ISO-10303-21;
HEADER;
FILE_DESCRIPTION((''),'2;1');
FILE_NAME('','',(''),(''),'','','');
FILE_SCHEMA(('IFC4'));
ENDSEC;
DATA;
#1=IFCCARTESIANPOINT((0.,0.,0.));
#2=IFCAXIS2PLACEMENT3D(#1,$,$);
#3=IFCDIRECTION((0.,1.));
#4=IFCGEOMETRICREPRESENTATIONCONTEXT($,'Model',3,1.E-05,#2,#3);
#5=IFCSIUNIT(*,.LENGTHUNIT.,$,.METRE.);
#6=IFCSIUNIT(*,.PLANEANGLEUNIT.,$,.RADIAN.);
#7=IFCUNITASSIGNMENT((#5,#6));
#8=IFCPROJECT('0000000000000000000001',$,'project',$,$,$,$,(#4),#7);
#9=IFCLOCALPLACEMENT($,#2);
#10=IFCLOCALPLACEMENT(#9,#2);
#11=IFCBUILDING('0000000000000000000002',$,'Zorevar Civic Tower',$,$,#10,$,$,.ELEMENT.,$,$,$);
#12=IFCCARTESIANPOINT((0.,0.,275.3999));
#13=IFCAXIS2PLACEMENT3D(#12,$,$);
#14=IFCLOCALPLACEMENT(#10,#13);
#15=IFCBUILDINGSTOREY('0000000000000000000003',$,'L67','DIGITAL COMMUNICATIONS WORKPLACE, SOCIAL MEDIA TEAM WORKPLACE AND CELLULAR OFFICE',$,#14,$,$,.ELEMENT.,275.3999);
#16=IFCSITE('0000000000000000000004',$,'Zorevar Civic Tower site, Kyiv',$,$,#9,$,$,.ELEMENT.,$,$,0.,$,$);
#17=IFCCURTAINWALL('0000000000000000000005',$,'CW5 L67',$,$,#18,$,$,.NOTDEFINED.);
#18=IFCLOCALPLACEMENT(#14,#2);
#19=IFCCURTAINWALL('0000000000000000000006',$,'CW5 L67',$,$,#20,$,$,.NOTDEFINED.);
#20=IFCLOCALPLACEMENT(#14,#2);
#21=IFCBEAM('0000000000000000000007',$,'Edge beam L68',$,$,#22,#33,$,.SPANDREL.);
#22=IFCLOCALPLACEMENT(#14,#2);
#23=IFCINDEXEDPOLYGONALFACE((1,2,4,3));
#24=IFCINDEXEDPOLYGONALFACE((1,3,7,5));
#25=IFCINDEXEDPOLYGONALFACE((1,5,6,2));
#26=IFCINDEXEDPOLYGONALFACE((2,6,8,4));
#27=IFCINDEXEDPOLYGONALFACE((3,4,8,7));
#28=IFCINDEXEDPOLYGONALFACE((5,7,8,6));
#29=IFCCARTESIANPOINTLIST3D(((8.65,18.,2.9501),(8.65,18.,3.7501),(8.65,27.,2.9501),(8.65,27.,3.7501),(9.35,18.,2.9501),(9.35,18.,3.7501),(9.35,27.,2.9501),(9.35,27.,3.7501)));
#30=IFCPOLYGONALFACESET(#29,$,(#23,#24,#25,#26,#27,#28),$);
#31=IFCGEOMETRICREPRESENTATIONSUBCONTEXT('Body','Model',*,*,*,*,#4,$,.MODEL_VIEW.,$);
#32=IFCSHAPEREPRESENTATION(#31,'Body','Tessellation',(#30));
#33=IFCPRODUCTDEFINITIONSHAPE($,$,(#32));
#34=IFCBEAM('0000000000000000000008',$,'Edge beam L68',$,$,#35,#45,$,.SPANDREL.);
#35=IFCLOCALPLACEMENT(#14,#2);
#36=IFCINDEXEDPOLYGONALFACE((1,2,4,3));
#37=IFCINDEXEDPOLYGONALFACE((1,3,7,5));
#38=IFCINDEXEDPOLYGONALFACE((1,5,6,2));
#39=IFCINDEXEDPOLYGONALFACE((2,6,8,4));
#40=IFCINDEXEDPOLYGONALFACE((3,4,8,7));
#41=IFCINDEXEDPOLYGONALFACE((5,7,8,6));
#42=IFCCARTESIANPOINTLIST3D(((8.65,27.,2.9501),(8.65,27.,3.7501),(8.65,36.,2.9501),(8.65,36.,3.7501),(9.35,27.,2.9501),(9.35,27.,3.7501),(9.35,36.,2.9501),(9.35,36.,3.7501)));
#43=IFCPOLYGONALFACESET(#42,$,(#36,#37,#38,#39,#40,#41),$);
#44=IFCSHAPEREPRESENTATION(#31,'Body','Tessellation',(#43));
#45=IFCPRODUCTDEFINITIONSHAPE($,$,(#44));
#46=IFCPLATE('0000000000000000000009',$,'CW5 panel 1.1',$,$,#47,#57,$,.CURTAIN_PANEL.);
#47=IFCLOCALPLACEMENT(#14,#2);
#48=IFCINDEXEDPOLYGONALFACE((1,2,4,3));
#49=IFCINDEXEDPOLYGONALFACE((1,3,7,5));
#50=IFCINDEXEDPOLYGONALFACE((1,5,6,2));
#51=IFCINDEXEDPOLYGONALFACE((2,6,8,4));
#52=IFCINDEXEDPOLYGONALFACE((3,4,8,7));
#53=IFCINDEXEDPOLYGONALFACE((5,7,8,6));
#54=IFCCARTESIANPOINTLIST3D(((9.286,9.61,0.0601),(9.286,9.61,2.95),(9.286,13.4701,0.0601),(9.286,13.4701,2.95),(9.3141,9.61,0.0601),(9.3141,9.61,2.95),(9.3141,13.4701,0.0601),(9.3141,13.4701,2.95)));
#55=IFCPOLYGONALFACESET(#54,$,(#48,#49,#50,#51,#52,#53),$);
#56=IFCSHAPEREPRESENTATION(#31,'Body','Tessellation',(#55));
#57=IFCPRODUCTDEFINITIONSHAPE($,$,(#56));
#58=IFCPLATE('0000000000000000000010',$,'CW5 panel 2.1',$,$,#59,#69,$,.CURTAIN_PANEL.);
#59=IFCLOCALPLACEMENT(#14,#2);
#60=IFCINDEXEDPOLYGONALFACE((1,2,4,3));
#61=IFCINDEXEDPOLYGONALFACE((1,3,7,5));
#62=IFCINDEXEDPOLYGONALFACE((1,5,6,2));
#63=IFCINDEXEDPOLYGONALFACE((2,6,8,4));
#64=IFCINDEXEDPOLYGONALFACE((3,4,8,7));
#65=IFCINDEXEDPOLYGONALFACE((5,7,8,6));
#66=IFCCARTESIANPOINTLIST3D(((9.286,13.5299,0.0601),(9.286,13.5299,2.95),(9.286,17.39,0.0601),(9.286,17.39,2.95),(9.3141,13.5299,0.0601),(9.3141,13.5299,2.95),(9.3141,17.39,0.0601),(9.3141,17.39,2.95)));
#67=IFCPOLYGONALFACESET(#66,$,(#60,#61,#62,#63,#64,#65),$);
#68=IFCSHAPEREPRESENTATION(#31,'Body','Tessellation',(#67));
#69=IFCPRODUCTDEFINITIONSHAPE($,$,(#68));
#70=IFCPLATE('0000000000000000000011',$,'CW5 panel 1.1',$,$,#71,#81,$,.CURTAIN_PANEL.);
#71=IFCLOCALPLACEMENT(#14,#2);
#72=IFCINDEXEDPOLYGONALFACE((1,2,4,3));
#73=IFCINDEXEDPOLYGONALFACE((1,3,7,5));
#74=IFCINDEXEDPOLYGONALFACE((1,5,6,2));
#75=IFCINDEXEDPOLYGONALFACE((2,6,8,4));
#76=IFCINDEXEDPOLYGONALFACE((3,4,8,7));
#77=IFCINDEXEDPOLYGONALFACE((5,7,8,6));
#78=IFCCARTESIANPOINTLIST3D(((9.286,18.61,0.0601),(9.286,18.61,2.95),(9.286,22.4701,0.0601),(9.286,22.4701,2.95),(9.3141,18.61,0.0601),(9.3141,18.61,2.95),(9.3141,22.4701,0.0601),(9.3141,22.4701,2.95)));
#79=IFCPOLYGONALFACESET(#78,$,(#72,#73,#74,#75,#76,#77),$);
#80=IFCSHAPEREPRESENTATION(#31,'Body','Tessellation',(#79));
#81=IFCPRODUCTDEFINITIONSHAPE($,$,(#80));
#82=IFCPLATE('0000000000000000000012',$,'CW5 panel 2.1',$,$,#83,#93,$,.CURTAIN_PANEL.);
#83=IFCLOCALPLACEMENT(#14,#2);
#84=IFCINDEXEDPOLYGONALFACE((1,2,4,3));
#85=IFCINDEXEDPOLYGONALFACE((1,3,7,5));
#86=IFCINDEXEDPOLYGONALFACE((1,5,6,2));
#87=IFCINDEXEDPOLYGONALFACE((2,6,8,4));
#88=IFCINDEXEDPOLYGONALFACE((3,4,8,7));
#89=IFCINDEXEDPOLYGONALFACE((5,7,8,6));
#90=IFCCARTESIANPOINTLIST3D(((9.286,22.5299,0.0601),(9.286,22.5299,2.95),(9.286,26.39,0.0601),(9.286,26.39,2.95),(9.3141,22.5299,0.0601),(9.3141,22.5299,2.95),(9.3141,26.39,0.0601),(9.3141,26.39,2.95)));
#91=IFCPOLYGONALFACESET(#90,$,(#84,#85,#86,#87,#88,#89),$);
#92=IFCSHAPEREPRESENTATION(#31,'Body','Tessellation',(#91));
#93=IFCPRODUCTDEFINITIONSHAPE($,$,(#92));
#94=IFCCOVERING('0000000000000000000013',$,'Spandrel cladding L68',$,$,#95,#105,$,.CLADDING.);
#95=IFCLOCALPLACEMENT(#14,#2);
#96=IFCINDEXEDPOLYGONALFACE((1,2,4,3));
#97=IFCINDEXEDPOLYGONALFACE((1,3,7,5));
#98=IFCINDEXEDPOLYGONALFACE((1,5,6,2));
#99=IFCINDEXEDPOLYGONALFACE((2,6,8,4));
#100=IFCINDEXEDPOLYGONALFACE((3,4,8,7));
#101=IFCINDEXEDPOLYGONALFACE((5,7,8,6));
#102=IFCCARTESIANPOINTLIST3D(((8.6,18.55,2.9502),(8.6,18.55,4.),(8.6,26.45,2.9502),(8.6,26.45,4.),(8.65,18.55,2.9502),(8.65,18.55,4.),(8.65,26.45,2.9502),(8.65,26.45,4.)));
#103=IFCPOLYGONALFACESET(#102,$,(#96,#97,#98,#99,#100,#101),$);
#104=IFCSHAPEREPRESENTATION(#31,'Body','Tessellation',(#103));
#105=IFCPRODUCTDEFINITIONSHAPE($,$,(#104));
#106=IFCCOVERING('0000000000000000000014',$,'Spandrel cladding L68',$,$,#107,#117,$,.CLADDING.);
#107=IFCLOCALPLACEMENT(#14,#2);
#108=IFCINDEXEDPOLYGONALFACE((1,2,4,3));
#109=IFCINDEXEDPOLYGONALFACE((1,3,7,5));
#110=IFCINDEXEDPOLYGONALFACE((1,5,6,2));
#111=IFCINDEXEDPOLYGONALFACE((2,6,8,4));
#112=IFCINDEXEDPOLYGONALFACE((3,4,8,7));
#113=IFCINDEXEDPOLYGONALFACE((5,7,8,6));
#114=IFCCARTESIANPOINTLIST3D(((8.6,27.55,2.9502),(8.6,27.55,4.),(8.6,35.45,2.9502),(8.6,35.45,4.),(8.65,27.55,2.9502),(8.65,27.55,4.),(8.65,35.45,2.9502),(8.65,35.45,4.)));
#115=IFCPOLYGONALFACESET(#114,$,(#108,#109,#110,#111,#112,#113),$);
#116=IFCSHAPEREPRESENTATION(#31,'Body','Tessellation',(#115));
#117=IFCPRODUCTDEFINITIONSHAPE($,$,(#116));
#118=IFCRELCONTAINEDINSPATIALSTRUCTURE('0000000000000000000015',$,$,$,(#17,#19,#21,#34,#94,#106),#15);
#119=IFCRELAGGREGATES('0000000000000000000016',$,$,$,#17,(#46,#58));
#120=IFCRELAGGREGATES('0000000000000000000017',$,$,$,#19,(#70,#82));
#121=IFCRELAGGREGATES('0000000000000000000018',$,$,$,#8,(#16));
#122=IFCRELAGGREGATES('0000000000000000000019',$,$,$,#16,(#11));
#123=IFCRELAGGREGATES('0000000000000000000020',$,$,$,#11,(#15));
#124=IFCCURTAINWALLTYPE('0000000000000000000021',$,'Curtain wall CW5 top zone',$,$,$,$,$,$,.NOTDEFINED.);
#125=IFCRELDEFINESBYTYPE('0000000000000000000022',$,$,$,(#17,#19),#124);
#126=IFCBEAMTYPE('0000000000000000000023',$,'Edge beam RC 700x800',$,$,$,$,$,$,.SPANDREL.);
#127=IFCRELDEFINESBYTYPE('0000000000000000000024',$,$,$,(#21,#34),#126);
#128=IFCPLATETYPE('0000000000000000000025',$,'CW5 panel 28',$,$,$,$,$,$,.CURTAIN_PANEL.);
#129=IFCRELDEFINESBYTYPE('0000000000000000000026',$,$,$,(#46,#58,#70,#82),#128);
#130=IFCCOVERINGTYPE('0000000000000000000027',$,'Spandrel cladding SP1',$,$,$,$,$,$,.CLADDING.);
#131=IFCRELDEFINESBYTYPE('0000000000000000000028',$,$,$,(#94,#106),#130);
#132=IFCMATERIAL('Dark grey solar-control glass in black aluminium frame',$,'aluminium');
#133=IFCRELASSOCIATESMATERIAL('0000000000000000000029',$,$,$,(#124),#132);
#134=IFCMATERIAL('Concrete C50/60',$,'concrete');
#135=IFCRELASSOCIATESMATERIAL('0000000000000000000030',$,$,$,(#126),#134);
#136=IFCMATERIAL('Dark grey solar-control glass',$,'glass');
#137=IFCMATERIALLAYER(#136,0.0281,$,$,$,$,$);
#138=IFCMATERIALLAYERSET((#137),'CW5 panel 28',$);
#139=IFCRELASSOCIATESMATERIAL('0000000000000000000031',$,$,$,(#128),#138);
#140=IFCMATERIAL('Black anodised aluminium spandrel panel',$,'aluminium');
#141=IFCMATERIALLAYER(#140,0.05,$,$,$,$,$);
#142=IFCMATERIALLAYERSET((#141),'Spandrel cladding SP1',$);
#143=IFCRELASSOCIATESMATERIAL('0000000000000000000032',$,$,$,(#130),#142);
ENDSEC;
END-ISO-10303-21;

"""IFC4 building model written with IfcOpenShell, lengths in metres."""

from ifc_helpers import new_model, si_unit, direction, frame, frame_2d, origin, origin_2d, place, context, subcontext, project, spatial, rectangle, extrude, material, layer, layer_set, material_profile, profile_set, type_object, element, aggregate, save


model = new_model("IFC4")

# Units and contexts
model_context = context("Model", 3, precision=1e-05, world=origin(), true_north=direction((0.0, 1.0)))
body_context = subcontext(model_context, "Body", "Model", "MODEL_VIEW")
ifc_project = project(units=[si_unit("LENGTHUNIT", "METRE"), si_unit("PLANEANGLEUNIT", "RADIAN")], contexts=[model_context])

# Site, building, storey
site_placement = place(None, origin())
site = spatial("IfcSite", under=ifc_project, at=site_placement, Name="Zorevar Civic Tower site, Kyiv", CompositionType="ELEMENT", RefElevation=0.0)
building_placement = place(site_placement, origin())
building = spatial("IfcBuilding", under=site, at=building_placement, Name="Zorevar Civic Tower", CompositionType="ELEMENT")
storey_placement = place(building_placement, frame((0.0, 0.0, 275.3999)))
storey = spatial("IfcBuildingStorey", under=building, at=storey_placement, Name="L67", Description="DIGITAL COMMUNICATIONS WORKPLACE, SOCIAL MEDIA TEAM WORKPLACE AND CELLULAR OFFICE", CompositionType="ELEMENT", Elevation=275.3999)

# Curtain walls
ifc_material_1 = material(Name="Dark grey solar-control glass in black aluminium frame", Category="aluminium")
curtain_wall_type = type_object("IfcCurtainWallType", Name="Curtain wall CW5 top zone", PredefinedType="NOTDEFINED", material=ifc_material_1)
curtain_wall_1_placement = place(storey_placement, origin())
curtain_wall_1 = element("IfcCurtainWall", 1, at=curtain_wall_1_placement, inside=storey, type_object=curtain_wall_type, Name="CW5 L67", PredefinedType="NOTDEFINED")
curtain_wall_2_placement = place(storey_placement, origin())
curtain_wall_2 = element("IfcCurtainWall", 2, at=curtain_wall_2_placement, inside=storey, type_object=curtain_wall_type, Name="CW5 L67", PredefinedType="NOTDEFINED")

# Beams
ifc_material_2 = material(Name="Concrete C50/60", Category="concrete")
ifc_material_profile_1 = material_profile(ifc_material_2, rectangle(XDim=0.7, YDim=0.8, at=origin_2d()), Name="RC 700x800")
ifc_profile_set_1 = profile_set([ifc_material_profile_1], Name="Concrete C50/60")
beam_type_1 = type_object("IfcBeamType", Name="Edge beam RC 700x800", PredefinedType="SPANDREL", material=ifc_profile_set_1)
for number, where, z_axis, x_axis, name in (
    (3, (9.0, 18.0, 3.3501), (0.0, 1.0, 0.0), (-1.0, 0.0, 0.0), "Edge beam L68"),
    (4, (9.0, 27.0, 3.3501), (0.0, 1.0, 0.0), (-1.0, 0.0, 0.0), "Edge beam L68"),
):
    element("IfcBeam", number, at=place(storey_placement, frame(where, z_axis=z_axis, x_axis=x_axis)), inside=storey, type_object=beam_type_1, Name=name, PredefinedType="SPANDREL", context=body_context, shape_type="SweptSolid", body=[
        extrude(rectangle(XDim=0.7, YDim=0.8, at=origin_2d()), origin(), (0.0, 0.0, 1.0), 9.0),
    ])

# Plates
ifc_material_3 = material(Name="Dark grey solar-control glass", Category="glass")
ifc_layer_1 = layer(ifc_material_3, 0.0281)
ifc_layer_set_1 = layer_set([ifc_layer_1], Name="CW5 panel 28")
plate_type = type_object("IfcPlateType", Name="CW5 panel 28", PredefinedType="CURTAIN_PANEL", material=ifc_layer_set_1)
plate_1_placement = place(storey_placement, frame((9.3, 11.54, 0.0601), z_axis=(0.0, 0.0, 1.0), x_axis=(0.0, 1.0, 0.0)))
plate_1 = element("IfcPlate", 5, at=plate_1_placement, type_object=plate_type, Name="CW5 panel 1.1", PredefinedType="CURTAIN_PANEL", context=body_context, shape_type="SweptSolid", body=[
    extrude(rectangle(XDim=3.8601, YDim=0.0281, at=origin_2d()), origin(), (0.0, 0.0, 1.0), 2.8899),
])
plate_2_placement = place(storey_placement, frame((9.3, 15.46, 0.0601), z_axis=(0.0, 0.0, 1.0), x_axis=(0.0, 1.0, 0.0)))
plate_2 = element("IfcPlate", 6, at=plate_2_placement, type_object=plate_type, Name="CW5 panel 2.1", PredefinedType="CURTAIN_PANEL", context=body_context, shape_type="SweptSolid", body=[
    extrude(rectangle(XDim=3.8601, YDim=0.0281, at=origin_2d()), origin(), (0.0, 0.0, 1.0), 2.8899),
])
aggregate(curtain_wall_1, [plate_1, plate_2])
plate_3_placement = place(storey_placement, frame((9.3, 20.54, 0.0601), z_axis=(0.0, 0.0, 1.0), x_axis=(0.0, 1.0, 0.0)))
plate_3 = element("IfcPlate", 7, at=plate_3_placement, type_object=plate_type, Name="CW5 panel 1.1", PredefinedType="CURTAIN_PANEL", context=body_context, shape_type="SweptSolid", body=[
    extrude(rectangle(XDim=3.8601, YDim=0.0281, at=origin_2d()), origin(), (0.0, 0.0, 1.0), 2.8899),
])
plate_4_placement = place(storey_placement, frame((9.3, 24.46, 0.0601), z_axis=(0.0, 0.0, 1.0), x_axis=(0.0, 1.0, 0.0)))
plate_4 = element("IfcPlate", 8, at=plate_4_placement, type_object=plate_type, Name="CW5 panel 2.1", PredefinedType="CURTAIN_PANEL", context=body_context, shape_type="SweptSolid", body=[
    extrude(rectangle(XDim=3.8601, YDim=0.0281, at=origin_2d()), origin(), (0.0, 0.0, 1.0), 2.8899),
])
aggregate(curtain_wall_2, [plate_3, plate_4])

# Coverings
ifc_material_4 = material(Name="Black anodised aluminium spandrel panel", Category="aluminium")
ifc_layer_2 = layer(ifc_material_4, 0.05)
ifc_layer_set_2 = layer_set([ifc_layer_2], Name="Spandrel cladding SP1")
covering_type = type_object("IfcCoveringType", Name="Spandrel cladding SP1", PredefinedType="CLADDING", material=ifc_layer_set_2)
for number, where, z_axis, x_axis, name in (
    (9, (8.625, 18.55, 2.9502), (0.0, 0.0, 1.0), (0.0, 1.0, 0.0), "Spandrel cladding L68"),
    (10, (8.625, 27.55, 2.9502), (0.0, 0.0, 1.0), (0.0, 1.0, 0.0), "Spandrel cladding L68"),
):
    element("IfcCovering", number, at=place(storey_placement, frame(where, z_axis=z_axis, x_axis=x_axis)), inside=storey, type_object=covering_type, Name=name, PredefinedType="CLADDING", context=body_context, shape_type="SweptSolid", body=[
        extrude(rectangle(XDim=7.8999, YDim=0.05, at=frame_2d((3.95, 0.0))), origin(), (0.0, 0.0, 1.0), 1.0498),
    ])

save(model, "model.ifc")
